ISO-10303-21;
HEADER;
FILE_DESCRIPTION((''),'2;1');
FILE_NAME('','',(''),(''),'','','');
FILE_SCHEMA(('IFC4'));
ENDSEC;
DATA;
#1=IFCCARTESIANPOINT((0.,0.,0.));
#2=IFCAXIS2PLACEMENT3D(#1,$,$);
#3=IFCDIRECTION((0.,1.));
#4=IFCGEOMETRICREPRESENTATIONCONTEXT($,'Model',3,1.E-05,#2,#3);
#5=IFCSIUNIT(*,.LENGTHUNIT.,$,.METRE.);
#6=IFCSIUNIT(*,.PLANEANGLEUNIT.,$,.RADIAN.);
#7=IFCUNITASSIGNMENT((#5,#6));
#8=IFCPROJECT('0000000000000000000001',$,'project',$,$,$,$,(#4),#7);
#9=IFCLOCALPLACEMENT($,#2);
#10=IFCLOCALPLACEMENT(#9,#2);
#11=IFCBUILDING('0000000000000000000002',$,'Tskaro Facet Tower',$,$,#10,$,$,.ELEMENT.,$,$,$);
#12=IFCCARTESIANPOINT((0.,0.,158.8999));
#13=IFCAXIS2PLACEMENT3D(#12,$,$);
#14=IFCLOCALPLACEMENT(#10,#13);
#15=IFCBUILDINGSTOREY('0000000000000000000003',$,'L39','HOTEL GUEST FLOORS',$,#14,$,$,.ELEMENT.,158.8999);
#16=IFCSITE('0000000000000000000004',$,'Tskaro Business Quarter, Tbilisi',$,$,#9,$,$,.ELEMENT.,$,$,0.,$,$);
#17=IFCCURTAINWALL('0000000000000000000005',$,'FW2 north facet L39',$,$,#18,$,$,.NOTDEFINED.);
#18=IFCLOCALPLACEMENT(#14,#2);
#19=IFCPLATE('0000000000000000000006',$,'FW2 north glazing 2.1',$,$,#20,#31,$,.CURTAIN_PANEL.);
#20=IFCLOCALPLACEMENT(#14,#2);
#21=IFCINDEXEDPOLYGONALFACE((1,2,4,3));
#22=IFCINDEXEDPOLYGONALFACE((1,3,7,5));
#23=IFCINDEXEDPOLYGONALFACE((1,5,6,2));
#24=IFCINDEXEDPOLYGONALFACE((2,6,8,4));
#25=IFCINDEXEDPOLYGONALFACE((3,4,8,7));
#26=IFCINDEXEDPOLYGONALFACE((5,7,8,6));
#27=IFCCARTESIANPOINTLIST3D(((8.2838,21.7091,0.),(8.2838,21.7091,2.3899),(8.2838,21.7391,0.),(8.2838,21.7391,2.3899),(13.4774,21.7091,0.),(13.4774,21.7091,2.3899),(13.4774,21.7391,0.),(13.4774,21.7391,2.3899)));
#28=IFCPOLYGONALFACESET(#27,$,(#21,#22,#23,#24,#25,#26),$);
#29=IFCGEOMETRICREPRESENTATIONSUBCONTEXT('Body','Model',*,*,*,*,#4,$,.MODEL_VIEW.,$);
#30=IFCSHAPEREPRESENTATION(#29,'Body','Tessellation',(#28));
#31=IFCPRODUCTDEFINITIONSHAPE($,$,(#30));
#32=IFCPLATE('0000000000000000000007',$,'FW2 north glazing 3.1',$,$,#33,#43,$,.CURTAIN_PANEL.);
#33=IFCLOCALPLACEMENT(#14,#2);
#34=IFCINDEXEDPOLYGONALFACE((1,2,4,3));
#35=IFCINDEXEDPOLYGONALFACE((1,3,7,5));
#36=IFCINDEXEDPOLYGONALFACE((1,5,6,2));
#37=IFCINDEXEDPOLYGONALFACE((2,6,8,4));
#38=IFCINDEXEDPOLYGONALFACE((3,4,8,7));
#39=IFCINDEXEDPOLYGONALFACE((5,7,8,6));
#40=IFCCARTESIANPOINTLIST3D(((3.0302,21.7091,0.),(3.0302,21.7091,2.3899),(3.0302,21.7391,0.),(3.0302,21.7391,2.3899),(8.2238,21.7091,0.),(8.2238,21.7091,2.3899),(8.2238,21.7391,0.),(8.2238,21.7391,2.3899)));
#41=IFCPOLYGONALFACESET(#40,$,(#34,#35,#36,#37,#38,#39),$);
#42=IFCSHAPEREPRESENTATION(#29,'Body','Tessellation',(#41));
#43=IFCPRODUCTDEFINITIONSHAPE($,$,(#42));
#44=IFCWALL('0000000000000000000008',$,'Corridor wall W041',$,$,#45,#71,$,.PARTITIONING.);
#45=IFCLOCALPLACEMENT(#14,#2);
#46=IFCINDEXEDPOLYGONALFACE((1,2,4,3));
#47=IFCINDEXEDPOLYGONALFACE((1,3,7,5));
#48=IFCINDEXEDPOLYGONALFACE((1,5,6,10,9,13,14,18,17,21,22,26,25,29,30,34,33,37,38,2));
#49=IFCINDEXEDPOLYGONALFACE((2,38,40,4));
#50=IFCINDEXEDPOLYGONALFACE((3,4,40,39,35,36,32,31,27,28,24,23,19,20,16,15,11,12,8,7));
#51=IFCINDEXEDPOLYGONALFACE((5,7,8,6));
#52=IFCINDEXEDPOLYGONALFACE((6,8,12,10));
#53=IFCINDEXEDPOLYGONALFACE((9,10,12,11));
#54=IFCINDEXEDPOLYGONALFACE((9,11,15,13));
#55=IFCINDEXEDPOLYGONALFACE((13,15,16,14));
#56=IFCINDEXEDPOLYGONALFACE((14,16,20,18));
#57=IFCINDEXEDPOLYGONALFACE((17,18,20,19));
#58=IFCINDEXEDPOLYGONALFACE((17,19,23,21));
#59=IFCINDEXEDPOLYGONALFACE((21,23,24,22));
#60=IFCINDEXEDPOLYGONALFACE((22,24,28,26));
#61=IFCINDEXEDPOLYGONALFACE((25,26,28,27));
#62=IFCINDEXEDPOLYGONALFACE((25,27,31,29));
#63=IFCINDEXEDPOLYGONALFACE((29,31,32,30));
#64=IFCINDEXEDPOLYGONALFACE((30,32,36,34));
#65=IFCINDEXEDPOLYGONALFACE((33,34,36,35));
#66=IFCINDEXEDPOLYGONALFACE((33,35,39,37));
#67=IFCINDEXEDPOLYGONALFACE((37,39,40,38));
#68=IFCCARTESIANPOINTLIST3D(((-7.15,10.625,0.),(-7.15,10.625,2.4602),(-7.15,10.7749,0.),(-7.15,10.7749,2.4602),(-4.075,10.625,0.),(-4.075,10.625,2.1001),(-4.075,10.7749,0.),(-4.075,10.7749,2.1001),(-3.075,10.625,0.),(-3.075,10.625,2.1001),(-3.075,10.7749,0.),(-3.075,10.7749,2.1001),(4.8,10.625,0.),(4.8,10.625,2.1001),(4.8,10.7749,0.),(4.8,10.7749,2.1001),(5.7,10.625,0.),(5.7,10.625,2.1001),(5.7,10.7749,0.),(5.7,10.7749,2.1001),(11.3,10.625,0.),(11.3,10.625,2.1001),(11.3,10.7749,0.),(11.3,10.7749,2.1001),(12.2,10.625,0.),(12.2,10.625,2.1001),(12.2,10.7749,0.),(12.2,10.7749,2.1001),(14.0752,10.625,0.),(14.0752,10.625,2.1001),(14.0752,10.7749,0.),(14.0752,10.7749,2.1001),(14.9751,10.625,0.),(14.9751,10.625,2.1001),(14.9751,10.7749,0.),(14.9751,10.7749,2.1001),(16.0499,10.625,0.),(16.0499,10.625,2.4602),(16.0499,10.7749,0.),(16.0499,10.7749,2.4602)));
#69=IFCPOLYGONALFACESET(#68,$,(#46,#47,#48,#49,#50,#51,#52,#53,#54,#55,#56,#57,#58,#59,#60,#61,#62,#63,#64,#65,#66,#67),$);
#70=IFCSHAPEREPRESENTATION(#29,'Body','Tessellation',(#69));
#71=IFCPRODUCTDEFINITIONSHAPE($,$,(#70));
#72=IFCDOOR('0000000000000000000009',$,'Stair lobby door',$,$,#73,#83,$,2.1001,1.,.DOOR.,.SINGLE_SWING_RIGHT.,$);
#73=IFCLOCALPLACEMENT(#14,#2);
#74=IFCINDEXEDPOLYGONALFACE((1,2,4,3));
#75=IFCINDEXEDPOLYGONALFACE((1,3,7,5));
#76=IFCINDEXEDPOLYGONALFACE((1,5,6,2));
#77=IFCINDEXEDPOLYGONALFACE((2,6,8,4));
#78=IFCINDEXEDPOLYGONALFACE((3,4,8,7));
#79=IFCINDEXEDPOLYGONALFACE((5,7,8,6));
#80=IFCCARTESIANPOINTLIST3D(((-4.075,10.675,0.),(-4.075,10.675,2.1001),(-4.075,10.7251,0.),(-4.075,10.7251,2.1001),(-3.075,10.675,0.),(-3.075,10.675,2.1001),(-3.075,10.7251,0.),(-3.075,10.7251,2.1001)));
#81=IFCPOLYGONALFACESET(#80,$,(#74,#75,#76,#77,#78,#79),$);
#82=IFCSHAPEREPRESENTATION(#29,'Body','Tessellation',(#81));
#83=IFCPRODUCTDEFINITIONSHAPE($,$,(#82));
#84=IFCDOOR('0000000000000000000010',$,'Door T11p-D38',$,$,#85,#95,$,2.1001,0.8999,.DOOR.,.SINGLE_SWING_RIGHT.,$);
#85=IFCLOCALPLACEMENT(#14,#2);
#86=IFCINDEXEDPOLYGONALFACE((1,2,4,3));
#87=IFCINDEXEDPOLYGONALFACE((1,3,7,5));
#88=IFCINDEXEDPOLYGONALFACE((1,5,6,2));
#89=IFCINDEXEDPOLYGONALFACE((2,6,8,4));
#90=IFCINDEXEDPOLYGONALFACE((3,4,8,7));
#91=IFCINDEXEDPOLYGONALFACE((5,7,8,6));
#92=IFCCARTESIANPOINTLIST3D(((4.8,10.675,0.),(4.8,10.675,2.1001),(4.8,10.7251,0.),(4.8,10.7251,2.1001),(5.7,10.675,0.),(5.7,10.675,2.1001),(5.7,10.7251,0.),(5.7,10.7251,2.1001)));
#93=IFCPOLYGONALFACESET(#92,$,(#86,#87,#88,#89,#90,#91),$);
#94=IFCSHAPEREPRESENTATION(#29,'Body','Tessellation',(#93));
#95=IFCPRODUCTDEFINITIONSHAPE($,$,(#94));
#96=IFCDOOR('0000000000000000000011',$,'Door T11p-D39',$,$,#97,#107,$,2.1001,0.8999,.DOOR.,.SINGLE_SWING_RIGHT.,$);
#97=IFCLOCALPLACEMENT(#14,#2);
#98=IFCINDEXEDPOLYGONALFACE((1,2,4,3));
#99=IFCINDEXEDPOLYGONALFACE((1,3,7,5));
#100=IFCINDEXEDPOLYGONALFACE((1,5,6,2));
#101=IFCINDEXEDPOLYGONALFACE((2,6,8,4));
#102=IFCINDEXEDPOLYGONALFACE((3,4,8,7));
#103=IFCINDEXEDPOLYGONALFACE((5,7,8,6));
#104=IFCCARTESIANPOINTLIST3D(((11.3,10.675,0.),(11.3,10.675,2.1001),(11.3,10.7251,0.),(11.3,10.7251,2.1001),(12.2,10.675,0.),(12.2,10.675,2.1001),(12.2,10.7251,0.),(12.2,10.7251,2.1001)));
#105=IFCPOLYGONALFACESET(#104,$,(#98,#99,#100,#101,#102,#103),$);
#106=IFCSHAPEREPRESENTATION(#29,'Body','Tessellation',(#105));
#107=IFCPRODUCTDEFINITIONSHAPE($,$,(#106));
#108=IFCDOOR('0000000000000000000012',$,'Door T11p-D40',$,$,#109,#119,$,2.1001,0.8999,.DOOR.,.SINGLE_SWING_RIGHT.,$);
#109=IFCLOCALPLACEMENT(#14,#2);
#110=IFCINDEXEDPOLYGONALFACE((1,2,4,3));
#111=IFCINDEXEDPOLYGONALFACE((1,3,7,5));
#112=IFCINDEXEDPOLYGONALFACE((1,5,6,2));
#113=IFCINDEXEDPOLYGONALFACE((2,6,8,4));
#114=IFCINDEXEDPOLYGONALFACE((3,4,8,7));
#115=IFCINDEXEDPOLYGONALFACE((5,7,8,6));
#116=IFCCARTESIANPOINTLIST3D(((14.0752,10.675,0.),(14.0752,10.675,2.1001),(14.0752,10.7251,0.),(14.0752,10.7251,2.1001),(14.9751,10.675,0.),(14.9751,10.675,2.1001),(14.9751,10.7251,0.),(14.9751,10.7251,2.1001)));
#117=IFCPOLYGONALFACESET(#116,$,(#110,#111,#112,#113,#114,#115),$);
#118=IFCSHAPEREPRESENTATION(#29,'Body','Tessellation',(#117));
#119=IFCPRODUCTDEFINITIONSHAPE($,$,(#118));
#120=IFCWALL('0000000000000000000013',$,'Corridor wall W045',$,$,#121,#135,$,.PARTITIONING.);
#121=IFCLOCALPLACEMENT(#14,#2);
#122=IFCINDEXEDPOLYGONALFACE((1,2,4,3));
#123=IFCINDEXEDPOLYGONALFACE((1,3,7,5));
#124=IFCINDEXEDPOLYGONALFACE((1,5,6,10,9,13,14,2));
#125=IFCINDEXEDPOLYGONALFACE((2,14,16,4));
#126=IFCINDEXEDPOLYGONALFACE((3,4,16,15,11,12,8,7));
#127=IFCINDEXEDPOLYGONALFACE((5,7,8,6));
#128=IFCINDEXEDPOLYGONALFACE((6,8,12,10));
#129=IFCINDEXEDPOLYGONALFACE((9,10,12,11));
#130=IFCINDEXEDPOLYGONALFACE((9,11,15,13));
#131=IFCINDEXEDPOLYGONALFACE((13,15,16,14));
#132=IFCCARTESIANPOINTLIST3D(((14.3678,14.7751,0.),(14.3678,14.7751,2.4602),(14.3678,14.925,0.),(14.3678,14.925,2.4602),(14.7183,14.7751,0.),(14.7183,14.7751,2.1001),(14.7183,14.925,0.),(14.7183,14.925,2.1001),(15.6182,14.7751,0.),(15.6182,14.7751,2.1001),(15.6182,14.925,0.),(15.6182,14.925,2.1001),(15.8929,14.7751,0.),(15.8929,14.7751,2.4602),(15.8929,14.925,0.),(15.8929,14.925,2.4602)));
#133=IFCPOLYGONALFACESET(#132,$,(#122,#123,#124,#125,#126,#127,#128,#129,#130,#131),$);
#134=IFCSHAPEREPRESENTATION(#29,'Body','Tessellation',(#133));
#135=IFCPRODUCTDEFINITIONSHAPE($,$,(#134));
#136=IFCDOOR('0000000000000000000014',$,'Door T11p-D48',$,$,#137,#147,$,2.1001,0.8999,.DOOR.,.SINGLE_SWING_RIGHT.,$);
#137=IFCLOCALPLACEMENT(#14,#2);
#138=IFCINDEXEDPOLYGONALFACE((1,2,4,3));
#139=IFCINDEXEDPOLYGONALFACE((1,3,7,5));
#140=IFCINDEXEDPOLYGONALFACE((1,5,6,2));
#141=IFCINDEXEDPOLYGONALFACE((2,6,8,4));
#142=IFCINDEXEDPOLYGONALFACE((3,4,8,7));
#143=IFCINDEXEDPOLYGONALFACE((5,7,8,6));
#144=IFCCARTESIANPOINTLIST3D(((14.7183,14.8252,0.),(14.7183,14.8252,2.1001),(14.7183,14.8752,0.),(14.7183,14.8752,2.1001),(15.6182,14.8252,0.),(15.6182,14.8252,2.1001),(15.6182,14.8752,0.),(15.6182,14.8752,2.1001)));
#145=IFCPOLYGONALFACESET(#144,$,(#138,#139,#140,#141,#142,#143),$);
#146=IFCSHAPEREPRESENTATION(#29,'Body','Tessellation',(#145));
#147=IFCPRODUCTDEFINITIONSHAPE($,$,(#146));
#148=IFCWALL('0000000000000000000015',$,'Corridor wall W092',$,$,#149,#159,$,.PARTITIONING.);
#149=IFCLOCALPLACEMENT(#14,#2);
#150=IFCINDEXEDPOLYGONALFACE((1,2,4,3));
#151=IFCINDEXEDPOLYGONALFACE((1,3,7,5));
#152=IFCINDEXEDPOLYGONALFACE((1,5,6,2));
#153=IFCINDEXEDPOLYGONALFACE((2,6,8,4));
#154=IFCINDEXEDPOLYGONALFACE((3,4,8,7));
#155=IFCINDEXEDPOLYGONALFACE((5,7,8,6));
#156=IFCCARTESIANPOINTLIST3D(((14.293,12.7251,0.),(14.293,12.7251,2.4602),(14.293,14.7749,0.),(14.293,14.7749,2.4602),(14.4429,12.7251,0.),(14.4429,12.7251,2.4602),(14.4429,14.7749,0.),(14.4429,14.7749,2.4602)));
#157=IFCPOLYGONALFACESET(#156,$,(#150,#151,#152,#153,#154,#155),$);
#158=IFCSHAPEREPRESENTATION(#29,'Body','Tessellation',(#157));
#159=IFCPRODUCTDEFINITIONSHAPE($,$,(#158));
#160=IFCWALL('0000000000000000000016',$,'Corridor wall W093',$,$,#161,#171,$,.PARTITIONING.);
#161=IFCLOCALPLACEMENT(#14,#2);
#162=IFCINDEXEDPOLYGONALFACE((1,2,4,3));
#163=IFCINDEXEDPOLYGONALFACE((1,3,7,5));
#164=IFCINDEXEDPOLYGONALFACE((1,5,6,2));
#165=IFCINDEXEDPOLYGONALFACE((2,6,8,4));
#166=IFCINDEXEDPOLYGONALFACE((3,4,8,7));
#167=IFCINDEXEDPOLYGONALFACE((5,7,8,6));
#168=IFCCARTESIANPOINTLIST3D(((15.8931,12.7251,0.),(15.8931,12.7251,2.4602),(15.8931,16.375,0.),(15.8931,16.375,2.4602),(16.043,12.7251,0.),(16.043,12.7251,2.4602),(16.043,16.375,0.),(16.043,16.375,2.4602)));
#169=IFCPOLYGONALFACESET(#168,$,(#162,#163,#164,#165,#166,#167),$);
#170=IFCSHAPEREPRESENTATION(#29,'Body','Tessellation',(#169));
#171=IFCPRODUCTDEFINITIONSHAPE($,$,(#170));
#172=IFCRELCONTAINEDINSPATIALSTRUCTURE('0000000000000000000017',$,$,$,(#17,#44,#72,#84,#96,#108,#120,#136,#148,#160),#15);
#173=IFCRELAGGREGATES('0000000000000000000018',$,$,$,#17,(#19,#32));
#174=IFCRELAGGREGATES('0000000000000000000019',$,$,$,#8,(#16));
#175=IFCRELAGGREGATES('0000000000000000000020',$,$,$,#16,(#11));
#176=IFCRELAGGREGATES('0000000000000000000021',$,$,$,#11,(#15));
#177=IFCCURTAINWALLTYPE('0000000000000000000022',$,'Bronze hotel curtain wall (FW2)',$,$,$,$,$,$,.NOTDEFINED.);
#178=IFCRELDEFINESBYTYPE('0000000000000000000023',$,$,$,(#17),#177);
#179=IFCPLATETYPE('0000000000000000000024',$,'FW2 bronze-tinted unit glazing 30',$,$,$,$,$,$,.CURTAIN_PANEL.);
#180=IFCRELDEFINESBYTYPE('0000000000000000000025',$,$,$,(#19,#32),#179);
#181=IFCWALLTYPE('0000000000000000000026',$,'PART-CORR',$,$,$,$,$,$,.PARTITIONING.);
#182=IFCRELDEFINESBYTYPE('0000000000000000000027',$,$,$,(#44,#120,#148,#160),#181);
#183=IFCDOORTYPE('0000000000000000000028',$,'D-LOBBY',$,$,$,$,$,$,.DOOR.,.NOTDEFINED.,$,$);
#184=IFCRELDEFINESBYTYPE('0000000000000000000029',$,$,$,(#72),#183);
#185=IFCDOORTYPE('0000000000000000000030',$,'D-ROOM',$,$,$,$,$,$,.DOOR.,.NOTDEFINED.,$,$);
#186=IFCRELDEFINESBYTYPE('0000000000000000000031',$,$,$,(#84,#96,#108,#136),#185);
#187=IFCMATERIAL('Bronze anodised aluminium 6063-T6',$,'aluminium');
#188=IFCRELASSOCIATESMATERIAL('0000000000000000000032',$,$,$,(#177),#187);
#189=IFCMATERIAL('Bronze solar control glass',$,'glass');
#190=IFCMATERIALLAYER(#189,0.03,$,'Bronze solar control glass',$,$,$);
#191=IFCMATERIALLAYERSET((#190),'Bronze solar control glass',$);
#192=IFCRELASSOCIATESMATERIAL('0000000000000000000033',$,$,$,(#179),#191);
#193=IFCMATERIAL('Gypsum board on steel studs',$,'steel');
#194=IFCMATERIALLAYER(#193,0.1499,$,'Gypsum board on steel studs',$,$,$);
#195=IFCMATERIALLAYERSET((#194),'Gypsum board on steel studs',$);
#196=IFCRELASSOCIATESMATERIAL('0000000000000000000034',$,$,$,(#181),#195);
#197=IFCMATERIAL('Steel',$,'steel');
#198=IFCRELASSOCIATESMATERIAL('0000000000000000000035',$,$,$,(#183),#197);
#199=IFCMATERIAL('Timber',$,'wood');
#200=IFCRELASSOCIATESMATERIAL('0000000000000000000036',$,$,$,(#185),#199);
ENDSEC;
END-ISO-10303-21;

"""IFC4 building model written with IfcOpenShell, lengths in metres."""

from ifc_helpers import new_model, si_unit, direction, frame, frame_2d, origin, origin_2d, place, context, subcontext, project, spatial, rectangle, extrude, material, layer, layer_set, type_object, element, fill, aggregate, save


model = new_model("IFC4")

# Units and contexts
model_context = context("Model", 3, precision=1e-05, world=origin(), true_north=direction((0.0, 1.0)))
body_context = subcontext(model_context, "Body", "Model", "MODEL_VIEW")
ifc_project = project(units=[si_unit("LENGTHUNIT", "METRE"), si_unit("PLANEANGLEUNIT", "RADIAN")], contexts=[model_context])

# Site, building, storey
site_placement = place(None, origin())
site = spatial("IfcSite", under=ifc_project, at=site_placement, Name="Tskaro Business Quarter, Tbilisi", CompositionType="ELEMENT", RefElevation=0.0)
building_placement = place(site_placement, origin())
building = spatial("IfcBuilding", under=site, at=building_placement, Name="Tskaro Facet Tower", CompositionType="ELEMENT")
storey_placement = place(building_placement, frame((0.0, 0.0, 158.8999)))
storey = spatial("IfcBuildingStorey", under=building, at=storey_placement, Name="L39", Description="HOTEL GUEST FLOORS", CompositionType="ELEMENT", Elevation=158.8999)

# Curtain wall
ifc_material_1 = material(Name="Bronze anodised aluminium 6063-T6", Category="aluminium")
curtain_wall_type = type_object("IfcCurtainWallType", Name="Bronze hotel curtain wall (FW2)", PredefinedType="NOTDEFINED", material=ifc_material_1)
curtain_wall_placement = place(storey_placement, origin())
curtain_wall = element("IfcCurtainWall", 1, at=curtain_wall_placement, inside=storey, type_object=curtain_wall_type, Name="FW2 north facet L39", PredefinedType="NOTDEFINED")

# Plates
ifc_material_2 = material(Name="Bronze solar control glass", Category="glass")
ifc_layer_1 = layer(ifc_material_2, 0.03, Name="Bronze solar control glass")
ifc_layer_set_1 = layer_set([ifc_layer_1], Name="Bronze solar control glass")
plate_type = type_object("IfcPlateType", Name="FW2 bronze-tinted unit glazing 30", PredefinedType="CURTAIN_PANEL", material=ifc_layer_set_1)
plate_1_placement = place(storey_placement, frame((10.8806, 21.7241, 0.0), z_axis=(0.0, 0.0, 1.0), x_axis=(-1.0, 0.0, 0.0)))
plate_1 = element("IfcPlate", 2, at=plate_1_placement, type_object=plate_type, Name="FW2 north glazing 2.1", PredefinedType="CURTAIN_PANEL", context=body_context, shape_type="SweptSolid", body=[
    extrude(rectangle(XDim=5.1936, YDim=0.03, at=origin_2d()), origin(), (0.0, 0.0, 1.0), 2.3899),
])
plate_2_placement = place(storey_placement, frame((5.627, 21.7241, 0.0), z_axis=(0.0, 0.0, 1.0), x_axis=(-1.0, 0.0, 0.0)))
plate_2 = element("IfcPlate", 3, at=plate_2_placement, type_object=plate_type, Name="FW2 north glazing 3.1", PredefinedType="CURTAIN_PANEL", context=body_context, shape_type="SweptSolid", body=[
    extrude(rectangle(XDim=5.1936, YDim=0.03, at=origin_2d()), origin(), (0.0, 0.0, 1.0), 2.3899),
])
aggregate(curtain_wall, [plate_1, plate_2])

# Wall, openings, doors
ifc_material_3 = material(Name="Gypsum board on steel studs", Category="steel")
ifc_layer_2 = layer(ifc_material_3, 0.1499, Name="Gypsum board on steel studs")
ifc_layer_set_2 = layer_set([ifc_layer_2], Name="Gypsum board on steel studs")
wall_type_1 = type_object("IfcWallType", Name="PART-CORR", PredefinedType="PARTITIONING", material=ifc_layer_set_2)
wall_1_placement = place(storey_placement, frame((16.05, 10.7, 0.0), z_axis=(0.0, 0.0, 1.0), x_axis=(-1.0, 0.0, 0.0)))
wall_1 = element("IfcWall", 4, at=wall_1_placement, inside=storey, type_object=wall_type_1, Name="Corridor wall W041", PredefinedType="PARTITIONING", context=body_context, shape_type="SweptSolid", body=[
    extrude(rectangle(XDim=23.2, YDim=0.1499, at=frame_2d((11.6001, 0.0))), origin(), (0.0, 0.0, 1.0), 2.4602),
])
opening_1_placement = place(wall_1_placement, frame((19.125, 0.0, 0.0)))
opening_1 = element("IfcOpeningElement", 5, at=opening_1_placement, cuts=wall_1, PredefinedType="OPENING", context=body_context, shape_type="SweptSolid", body=[
    extrude(rectangle(XDim=1.0, YDim=2.1001, at=frame_2d((0.5, 1.05))), frame((0.0, 0.085, 0.0), z_axis=(0.0, -1.0, 0.0), x_axis=(1.0, 0.0, 0.0)), (0.0, 0.0, 1.0), 0.1699),
])
opening_2_placement = place(wall_1_placement, frame((10.3501, 0.0, 0.0)))
opening_2 = element("IfcOpeningElement", 6, at=opening_2_placement, cuts=wall_1, PredefinedType="OPENING", context=body_context, shape_type="SweptSolid", body=[
    extrude(rectangle(XDim=0.8999, YDim=2.1001, at=frame_2d((0.45, 1.05))), frame((0.0, 0.085, 0.0), z_axis=(0.0, -1.0, 0.0), x_axis=(1.0, 0.0, 0.0)), (0.0, 0.0, 1.0), 0.1699),
])
opening_3_placement = place(wall_1_placement, frame((3.8501, 0.0, 0.0)))
opening_3 = element("IfcOpeningElement", 7, at=opening_3_placement, cuts=wall_1, PredefinedType="OPENING", context=body_context, shape_type="SweptSolid", body=[
    extrude(rectangle(XDim=0.8999, YDim=2.1001, at=frame_2d((0.45, 1.05))), frame((0.0, 0.085, 0.0), z_axis=(0.0, -1.0, 0.0), x_axis=(1.0, 0.0, 0.0)), (0.0, 0.0, 1.0), 0.1699),
])
opening_4_placement = place(wall_1_placement, frame((1.075, 0.0, 0.0)))
opening_4 = element("IfcOpeningElement", 8, at=opening_4_placement, cuts=wall_1, PredefinedType="OPENING", context=body_context, shape_type="SweptSolid", body=[
    extrude(rectangle(XDim=0.8999, YDim=2.1001, at=frame_2d((0.45, 1.05))), frame((0.0, 0.085, 0.0), z_axis=(0.0, -1.0, 0.0), x_axis=(1.0, 0.0, 0.0)), (0.0, 0.0, 1.0), 0.1699),
])
ifc_material_4 = material(Name="Steel", Category="steel")
door_type_1 = type_object("IfcDoorType", Name="D-LOBBY", OperationType="NOTDEFINED", PredefinedType="DOOR", material=ifc_material_4)
door_1_placement = place(opening_1_placement, origin())
door_1 = element("IfcDoor", 9, at=door_1_placement, inside=storey, type_object=door_type_1, Name="Stair lobby door", OperationType="SINGLE_SWING_RIGHT", OverallHeight=2.1001, OverallWidth=1.0, PredefinedType="DOOR", context=body_context, shape_type="SweptSolid", body=[
    extrude(rectangle(XDim=1.0, YDim=2.1001, at=frame_2d((0.5, 1.05))), frame((0.0, 0.0249, 0.0), z_axis=(0.0, -1.0, 0.0), x_axis=(1.0, 0.0, 0.0)), (0.0, 0.0, 1.0), 0.05),
])
fill(opening_1, door_1)
ifc_material_5 = material(Name="Timber", Category="wood")
door_type_2 = type_object("IfcDoorType", Name="D-ROOM", OperationType="NOTDEFINED", PredefinedType="DOOR", material=ifc_material_5)
door_2_placement = place(opening_2_placement, origin())
door_2 = element("IfcDoor", 10, at=door_2_placement, inside=storey, type_object=door_type_2, Name="Door T11p-D38", OperationType="SINGLE_SWING_RIGHT", OverallHeight=2.1001, OverallWidth=0.8999, PredefinedType="DOOR", context=body_context, shape_type="SweptSolid", body=[
    extrude(rectangle(XDim=0.8999, YDim=2.1001, at=frame_2d((0.45, 1.05))), frame((0.0, 0.0249, 0.0), z_axis=(0.0, -1.0, 0.0), x_axis=(1.0, 0.0, 0.0)), (0.0, 0.0, 1.0), 0.05),
])
fill(opening_2, door_2)
door_3_placement = place(opening_3_placement, origin())
door_3 = element("IfcDoor", 11, at=door_3_placement, inside=storey, type_object=door_type_2, Name="Door T11p-D39", OperationType="SINGLE_SWING_RIGHT", OverallHeight=2.1001, OverallWidth=0.8999, PredefinedType="DOOR", context=body_context, shape_type="SweptSolid", body=[
    extrude(rectangle(XDim=0.8999, YDim=2.1001, at=frame_2d((0.45, 1.05))), frame((0.0, 0.0249, 0.0), z_axis=(0.0, -1.0, 0.0), x_axis=(1.0, 0.0, 0.0)), (0.0, 0.0, 1.0), 0.05),
])
fill(opening_3, door_3)
door_4_placement = place(opening_4_placement, origin())
door_4 = element("IfcDoor", 12, at=door_4_placement, inside=storey, type_object=door_type_2, Name="Door T11p-D40", OperationType="SINGLE_SWING_RIGHT", OverallHeight=2.1001, OverallWidth=0.8999, PredefinedType="DOOR", context=body_context, shape_type="SweptSolid", body=[
    extrude(rectangle(XDim=0.8999, YDim=2.1001, at=frame_2d((0.45, 1.05))), frame((0.0, 0.0249, 0.0), z_axis=(0.0, -1.0, 0.0), x_axis=(1.0, 0.0, 0.0)), (0.0, 0.0, 1.0), 0.05),
])
fill(opening_4, door_4)

# Wall, opening, door
wall_2_placement = place(storey_placement, frame((15.8931, 14.8501, 0.0), z_axis=(0.0, 0.0, 1.0), x_axis=(-1.0, 0.0, 0.0)))
wall_2 = element("IfcWall", 13, at=wall_2_placement, inside=storey, type_object=wall_type_1, Name="Corridor wall W045", PredefinedType="PARTITIONING", context=body_context, shape_type="SweptSolid", body=[
    extrude(rectangle(XDim=1.5251, YDim=0.1499, at=frame_2d((0.7627, 0.0))), origin(), (0.0, 0.0, 1.0), 2.4602),
])
opening_5_placement = place(wall_2_placement, frame((0.2749, 0.0, 0.0)))
opening_5 = element("IfcOpeningElement", 14, at=opening_5_placement, cuts=wall_2, PredefinedType="OPENING", context=body_context, shape_type="SweptSolid", body=[
    extrude(rectangle(XDim=0.8999, YDim=2.1001, at=frame_2d((0.45, 1.05))), frame((0.0, 0.085, 0.0), z_axis=(0.0, -1.0, 0.0), x_axis=(1.0, 0.0, 0.0)), (0.0, 0.0, 1.0), 0.1699),
])
door_5_placement = place(opening_5_placement, origin())
door_5 = element("IfcDoor", 15, at=door_5_placement, inside=storey, type_object=door_type_2, Name="Door T11p-D48", OperationType="SINGLE_SWING_RIGHT", OverallHeight=2.1001, OverallWidth=0.8999, PredefinedType="DOOR", context=body_context, shape_type="SweptSolid", body=[
    extrude(rectangle(XDim=0.8999, YDim=2.1001, at=frame_2d((0.45, 1.05))), frame((0.0, 0.0249, 0.0), z_axis=(0.0, -1.0, 0.0), x_axis=(1.0, 0.0, 0.0)), (0.0, 0.0, 1.0), 0.05),
])
fill(opening_5, door_5)

# Walls
wall_3_placement = place(storey_placement, frame((14.3679, 12.7251, 0.0), z_axis=(0.0, 0.0, 1.0), x_axis=(0.0, 1.0, 0.0)))
element("IfcWall", 16, at=wall_3_placement, inside=storey, type_object=wall_type_1, Name="Corridor wall W092", PredefinedType="PARTITIONING", context=body_context, shape_type="SweptSolid", body=[
    extrude(rectangle(XDim=2.0498, YDim=0.1499, at=frame_2d((1.0249, 0.0))), origin(), (0.0, 0.0, 1.0), 2.4602),
])
wall_4_placement = place(storey_placement, frame((15.968, 12.7251, 0.0), z_axis=(0.0, 0.0, 1.0), x_axis=(0.0, 1.0, 0.0)))
element("IfcWall", 17, at=wall_4_placement, inside=storey, type_object=wall_type_1, Name="Corridor wall W093", PredefinedType="PARTITIONING", context=body_context, shape_type="SweptSolid", body=[
    extrude(rectangle(XDim=3.6499, YDim=0.1499, at=frame_2d((1.825, 0.0))), origin(), (0.0, 0.0, 1.0), 2.4602),
])

save(model, "model.ifc")
